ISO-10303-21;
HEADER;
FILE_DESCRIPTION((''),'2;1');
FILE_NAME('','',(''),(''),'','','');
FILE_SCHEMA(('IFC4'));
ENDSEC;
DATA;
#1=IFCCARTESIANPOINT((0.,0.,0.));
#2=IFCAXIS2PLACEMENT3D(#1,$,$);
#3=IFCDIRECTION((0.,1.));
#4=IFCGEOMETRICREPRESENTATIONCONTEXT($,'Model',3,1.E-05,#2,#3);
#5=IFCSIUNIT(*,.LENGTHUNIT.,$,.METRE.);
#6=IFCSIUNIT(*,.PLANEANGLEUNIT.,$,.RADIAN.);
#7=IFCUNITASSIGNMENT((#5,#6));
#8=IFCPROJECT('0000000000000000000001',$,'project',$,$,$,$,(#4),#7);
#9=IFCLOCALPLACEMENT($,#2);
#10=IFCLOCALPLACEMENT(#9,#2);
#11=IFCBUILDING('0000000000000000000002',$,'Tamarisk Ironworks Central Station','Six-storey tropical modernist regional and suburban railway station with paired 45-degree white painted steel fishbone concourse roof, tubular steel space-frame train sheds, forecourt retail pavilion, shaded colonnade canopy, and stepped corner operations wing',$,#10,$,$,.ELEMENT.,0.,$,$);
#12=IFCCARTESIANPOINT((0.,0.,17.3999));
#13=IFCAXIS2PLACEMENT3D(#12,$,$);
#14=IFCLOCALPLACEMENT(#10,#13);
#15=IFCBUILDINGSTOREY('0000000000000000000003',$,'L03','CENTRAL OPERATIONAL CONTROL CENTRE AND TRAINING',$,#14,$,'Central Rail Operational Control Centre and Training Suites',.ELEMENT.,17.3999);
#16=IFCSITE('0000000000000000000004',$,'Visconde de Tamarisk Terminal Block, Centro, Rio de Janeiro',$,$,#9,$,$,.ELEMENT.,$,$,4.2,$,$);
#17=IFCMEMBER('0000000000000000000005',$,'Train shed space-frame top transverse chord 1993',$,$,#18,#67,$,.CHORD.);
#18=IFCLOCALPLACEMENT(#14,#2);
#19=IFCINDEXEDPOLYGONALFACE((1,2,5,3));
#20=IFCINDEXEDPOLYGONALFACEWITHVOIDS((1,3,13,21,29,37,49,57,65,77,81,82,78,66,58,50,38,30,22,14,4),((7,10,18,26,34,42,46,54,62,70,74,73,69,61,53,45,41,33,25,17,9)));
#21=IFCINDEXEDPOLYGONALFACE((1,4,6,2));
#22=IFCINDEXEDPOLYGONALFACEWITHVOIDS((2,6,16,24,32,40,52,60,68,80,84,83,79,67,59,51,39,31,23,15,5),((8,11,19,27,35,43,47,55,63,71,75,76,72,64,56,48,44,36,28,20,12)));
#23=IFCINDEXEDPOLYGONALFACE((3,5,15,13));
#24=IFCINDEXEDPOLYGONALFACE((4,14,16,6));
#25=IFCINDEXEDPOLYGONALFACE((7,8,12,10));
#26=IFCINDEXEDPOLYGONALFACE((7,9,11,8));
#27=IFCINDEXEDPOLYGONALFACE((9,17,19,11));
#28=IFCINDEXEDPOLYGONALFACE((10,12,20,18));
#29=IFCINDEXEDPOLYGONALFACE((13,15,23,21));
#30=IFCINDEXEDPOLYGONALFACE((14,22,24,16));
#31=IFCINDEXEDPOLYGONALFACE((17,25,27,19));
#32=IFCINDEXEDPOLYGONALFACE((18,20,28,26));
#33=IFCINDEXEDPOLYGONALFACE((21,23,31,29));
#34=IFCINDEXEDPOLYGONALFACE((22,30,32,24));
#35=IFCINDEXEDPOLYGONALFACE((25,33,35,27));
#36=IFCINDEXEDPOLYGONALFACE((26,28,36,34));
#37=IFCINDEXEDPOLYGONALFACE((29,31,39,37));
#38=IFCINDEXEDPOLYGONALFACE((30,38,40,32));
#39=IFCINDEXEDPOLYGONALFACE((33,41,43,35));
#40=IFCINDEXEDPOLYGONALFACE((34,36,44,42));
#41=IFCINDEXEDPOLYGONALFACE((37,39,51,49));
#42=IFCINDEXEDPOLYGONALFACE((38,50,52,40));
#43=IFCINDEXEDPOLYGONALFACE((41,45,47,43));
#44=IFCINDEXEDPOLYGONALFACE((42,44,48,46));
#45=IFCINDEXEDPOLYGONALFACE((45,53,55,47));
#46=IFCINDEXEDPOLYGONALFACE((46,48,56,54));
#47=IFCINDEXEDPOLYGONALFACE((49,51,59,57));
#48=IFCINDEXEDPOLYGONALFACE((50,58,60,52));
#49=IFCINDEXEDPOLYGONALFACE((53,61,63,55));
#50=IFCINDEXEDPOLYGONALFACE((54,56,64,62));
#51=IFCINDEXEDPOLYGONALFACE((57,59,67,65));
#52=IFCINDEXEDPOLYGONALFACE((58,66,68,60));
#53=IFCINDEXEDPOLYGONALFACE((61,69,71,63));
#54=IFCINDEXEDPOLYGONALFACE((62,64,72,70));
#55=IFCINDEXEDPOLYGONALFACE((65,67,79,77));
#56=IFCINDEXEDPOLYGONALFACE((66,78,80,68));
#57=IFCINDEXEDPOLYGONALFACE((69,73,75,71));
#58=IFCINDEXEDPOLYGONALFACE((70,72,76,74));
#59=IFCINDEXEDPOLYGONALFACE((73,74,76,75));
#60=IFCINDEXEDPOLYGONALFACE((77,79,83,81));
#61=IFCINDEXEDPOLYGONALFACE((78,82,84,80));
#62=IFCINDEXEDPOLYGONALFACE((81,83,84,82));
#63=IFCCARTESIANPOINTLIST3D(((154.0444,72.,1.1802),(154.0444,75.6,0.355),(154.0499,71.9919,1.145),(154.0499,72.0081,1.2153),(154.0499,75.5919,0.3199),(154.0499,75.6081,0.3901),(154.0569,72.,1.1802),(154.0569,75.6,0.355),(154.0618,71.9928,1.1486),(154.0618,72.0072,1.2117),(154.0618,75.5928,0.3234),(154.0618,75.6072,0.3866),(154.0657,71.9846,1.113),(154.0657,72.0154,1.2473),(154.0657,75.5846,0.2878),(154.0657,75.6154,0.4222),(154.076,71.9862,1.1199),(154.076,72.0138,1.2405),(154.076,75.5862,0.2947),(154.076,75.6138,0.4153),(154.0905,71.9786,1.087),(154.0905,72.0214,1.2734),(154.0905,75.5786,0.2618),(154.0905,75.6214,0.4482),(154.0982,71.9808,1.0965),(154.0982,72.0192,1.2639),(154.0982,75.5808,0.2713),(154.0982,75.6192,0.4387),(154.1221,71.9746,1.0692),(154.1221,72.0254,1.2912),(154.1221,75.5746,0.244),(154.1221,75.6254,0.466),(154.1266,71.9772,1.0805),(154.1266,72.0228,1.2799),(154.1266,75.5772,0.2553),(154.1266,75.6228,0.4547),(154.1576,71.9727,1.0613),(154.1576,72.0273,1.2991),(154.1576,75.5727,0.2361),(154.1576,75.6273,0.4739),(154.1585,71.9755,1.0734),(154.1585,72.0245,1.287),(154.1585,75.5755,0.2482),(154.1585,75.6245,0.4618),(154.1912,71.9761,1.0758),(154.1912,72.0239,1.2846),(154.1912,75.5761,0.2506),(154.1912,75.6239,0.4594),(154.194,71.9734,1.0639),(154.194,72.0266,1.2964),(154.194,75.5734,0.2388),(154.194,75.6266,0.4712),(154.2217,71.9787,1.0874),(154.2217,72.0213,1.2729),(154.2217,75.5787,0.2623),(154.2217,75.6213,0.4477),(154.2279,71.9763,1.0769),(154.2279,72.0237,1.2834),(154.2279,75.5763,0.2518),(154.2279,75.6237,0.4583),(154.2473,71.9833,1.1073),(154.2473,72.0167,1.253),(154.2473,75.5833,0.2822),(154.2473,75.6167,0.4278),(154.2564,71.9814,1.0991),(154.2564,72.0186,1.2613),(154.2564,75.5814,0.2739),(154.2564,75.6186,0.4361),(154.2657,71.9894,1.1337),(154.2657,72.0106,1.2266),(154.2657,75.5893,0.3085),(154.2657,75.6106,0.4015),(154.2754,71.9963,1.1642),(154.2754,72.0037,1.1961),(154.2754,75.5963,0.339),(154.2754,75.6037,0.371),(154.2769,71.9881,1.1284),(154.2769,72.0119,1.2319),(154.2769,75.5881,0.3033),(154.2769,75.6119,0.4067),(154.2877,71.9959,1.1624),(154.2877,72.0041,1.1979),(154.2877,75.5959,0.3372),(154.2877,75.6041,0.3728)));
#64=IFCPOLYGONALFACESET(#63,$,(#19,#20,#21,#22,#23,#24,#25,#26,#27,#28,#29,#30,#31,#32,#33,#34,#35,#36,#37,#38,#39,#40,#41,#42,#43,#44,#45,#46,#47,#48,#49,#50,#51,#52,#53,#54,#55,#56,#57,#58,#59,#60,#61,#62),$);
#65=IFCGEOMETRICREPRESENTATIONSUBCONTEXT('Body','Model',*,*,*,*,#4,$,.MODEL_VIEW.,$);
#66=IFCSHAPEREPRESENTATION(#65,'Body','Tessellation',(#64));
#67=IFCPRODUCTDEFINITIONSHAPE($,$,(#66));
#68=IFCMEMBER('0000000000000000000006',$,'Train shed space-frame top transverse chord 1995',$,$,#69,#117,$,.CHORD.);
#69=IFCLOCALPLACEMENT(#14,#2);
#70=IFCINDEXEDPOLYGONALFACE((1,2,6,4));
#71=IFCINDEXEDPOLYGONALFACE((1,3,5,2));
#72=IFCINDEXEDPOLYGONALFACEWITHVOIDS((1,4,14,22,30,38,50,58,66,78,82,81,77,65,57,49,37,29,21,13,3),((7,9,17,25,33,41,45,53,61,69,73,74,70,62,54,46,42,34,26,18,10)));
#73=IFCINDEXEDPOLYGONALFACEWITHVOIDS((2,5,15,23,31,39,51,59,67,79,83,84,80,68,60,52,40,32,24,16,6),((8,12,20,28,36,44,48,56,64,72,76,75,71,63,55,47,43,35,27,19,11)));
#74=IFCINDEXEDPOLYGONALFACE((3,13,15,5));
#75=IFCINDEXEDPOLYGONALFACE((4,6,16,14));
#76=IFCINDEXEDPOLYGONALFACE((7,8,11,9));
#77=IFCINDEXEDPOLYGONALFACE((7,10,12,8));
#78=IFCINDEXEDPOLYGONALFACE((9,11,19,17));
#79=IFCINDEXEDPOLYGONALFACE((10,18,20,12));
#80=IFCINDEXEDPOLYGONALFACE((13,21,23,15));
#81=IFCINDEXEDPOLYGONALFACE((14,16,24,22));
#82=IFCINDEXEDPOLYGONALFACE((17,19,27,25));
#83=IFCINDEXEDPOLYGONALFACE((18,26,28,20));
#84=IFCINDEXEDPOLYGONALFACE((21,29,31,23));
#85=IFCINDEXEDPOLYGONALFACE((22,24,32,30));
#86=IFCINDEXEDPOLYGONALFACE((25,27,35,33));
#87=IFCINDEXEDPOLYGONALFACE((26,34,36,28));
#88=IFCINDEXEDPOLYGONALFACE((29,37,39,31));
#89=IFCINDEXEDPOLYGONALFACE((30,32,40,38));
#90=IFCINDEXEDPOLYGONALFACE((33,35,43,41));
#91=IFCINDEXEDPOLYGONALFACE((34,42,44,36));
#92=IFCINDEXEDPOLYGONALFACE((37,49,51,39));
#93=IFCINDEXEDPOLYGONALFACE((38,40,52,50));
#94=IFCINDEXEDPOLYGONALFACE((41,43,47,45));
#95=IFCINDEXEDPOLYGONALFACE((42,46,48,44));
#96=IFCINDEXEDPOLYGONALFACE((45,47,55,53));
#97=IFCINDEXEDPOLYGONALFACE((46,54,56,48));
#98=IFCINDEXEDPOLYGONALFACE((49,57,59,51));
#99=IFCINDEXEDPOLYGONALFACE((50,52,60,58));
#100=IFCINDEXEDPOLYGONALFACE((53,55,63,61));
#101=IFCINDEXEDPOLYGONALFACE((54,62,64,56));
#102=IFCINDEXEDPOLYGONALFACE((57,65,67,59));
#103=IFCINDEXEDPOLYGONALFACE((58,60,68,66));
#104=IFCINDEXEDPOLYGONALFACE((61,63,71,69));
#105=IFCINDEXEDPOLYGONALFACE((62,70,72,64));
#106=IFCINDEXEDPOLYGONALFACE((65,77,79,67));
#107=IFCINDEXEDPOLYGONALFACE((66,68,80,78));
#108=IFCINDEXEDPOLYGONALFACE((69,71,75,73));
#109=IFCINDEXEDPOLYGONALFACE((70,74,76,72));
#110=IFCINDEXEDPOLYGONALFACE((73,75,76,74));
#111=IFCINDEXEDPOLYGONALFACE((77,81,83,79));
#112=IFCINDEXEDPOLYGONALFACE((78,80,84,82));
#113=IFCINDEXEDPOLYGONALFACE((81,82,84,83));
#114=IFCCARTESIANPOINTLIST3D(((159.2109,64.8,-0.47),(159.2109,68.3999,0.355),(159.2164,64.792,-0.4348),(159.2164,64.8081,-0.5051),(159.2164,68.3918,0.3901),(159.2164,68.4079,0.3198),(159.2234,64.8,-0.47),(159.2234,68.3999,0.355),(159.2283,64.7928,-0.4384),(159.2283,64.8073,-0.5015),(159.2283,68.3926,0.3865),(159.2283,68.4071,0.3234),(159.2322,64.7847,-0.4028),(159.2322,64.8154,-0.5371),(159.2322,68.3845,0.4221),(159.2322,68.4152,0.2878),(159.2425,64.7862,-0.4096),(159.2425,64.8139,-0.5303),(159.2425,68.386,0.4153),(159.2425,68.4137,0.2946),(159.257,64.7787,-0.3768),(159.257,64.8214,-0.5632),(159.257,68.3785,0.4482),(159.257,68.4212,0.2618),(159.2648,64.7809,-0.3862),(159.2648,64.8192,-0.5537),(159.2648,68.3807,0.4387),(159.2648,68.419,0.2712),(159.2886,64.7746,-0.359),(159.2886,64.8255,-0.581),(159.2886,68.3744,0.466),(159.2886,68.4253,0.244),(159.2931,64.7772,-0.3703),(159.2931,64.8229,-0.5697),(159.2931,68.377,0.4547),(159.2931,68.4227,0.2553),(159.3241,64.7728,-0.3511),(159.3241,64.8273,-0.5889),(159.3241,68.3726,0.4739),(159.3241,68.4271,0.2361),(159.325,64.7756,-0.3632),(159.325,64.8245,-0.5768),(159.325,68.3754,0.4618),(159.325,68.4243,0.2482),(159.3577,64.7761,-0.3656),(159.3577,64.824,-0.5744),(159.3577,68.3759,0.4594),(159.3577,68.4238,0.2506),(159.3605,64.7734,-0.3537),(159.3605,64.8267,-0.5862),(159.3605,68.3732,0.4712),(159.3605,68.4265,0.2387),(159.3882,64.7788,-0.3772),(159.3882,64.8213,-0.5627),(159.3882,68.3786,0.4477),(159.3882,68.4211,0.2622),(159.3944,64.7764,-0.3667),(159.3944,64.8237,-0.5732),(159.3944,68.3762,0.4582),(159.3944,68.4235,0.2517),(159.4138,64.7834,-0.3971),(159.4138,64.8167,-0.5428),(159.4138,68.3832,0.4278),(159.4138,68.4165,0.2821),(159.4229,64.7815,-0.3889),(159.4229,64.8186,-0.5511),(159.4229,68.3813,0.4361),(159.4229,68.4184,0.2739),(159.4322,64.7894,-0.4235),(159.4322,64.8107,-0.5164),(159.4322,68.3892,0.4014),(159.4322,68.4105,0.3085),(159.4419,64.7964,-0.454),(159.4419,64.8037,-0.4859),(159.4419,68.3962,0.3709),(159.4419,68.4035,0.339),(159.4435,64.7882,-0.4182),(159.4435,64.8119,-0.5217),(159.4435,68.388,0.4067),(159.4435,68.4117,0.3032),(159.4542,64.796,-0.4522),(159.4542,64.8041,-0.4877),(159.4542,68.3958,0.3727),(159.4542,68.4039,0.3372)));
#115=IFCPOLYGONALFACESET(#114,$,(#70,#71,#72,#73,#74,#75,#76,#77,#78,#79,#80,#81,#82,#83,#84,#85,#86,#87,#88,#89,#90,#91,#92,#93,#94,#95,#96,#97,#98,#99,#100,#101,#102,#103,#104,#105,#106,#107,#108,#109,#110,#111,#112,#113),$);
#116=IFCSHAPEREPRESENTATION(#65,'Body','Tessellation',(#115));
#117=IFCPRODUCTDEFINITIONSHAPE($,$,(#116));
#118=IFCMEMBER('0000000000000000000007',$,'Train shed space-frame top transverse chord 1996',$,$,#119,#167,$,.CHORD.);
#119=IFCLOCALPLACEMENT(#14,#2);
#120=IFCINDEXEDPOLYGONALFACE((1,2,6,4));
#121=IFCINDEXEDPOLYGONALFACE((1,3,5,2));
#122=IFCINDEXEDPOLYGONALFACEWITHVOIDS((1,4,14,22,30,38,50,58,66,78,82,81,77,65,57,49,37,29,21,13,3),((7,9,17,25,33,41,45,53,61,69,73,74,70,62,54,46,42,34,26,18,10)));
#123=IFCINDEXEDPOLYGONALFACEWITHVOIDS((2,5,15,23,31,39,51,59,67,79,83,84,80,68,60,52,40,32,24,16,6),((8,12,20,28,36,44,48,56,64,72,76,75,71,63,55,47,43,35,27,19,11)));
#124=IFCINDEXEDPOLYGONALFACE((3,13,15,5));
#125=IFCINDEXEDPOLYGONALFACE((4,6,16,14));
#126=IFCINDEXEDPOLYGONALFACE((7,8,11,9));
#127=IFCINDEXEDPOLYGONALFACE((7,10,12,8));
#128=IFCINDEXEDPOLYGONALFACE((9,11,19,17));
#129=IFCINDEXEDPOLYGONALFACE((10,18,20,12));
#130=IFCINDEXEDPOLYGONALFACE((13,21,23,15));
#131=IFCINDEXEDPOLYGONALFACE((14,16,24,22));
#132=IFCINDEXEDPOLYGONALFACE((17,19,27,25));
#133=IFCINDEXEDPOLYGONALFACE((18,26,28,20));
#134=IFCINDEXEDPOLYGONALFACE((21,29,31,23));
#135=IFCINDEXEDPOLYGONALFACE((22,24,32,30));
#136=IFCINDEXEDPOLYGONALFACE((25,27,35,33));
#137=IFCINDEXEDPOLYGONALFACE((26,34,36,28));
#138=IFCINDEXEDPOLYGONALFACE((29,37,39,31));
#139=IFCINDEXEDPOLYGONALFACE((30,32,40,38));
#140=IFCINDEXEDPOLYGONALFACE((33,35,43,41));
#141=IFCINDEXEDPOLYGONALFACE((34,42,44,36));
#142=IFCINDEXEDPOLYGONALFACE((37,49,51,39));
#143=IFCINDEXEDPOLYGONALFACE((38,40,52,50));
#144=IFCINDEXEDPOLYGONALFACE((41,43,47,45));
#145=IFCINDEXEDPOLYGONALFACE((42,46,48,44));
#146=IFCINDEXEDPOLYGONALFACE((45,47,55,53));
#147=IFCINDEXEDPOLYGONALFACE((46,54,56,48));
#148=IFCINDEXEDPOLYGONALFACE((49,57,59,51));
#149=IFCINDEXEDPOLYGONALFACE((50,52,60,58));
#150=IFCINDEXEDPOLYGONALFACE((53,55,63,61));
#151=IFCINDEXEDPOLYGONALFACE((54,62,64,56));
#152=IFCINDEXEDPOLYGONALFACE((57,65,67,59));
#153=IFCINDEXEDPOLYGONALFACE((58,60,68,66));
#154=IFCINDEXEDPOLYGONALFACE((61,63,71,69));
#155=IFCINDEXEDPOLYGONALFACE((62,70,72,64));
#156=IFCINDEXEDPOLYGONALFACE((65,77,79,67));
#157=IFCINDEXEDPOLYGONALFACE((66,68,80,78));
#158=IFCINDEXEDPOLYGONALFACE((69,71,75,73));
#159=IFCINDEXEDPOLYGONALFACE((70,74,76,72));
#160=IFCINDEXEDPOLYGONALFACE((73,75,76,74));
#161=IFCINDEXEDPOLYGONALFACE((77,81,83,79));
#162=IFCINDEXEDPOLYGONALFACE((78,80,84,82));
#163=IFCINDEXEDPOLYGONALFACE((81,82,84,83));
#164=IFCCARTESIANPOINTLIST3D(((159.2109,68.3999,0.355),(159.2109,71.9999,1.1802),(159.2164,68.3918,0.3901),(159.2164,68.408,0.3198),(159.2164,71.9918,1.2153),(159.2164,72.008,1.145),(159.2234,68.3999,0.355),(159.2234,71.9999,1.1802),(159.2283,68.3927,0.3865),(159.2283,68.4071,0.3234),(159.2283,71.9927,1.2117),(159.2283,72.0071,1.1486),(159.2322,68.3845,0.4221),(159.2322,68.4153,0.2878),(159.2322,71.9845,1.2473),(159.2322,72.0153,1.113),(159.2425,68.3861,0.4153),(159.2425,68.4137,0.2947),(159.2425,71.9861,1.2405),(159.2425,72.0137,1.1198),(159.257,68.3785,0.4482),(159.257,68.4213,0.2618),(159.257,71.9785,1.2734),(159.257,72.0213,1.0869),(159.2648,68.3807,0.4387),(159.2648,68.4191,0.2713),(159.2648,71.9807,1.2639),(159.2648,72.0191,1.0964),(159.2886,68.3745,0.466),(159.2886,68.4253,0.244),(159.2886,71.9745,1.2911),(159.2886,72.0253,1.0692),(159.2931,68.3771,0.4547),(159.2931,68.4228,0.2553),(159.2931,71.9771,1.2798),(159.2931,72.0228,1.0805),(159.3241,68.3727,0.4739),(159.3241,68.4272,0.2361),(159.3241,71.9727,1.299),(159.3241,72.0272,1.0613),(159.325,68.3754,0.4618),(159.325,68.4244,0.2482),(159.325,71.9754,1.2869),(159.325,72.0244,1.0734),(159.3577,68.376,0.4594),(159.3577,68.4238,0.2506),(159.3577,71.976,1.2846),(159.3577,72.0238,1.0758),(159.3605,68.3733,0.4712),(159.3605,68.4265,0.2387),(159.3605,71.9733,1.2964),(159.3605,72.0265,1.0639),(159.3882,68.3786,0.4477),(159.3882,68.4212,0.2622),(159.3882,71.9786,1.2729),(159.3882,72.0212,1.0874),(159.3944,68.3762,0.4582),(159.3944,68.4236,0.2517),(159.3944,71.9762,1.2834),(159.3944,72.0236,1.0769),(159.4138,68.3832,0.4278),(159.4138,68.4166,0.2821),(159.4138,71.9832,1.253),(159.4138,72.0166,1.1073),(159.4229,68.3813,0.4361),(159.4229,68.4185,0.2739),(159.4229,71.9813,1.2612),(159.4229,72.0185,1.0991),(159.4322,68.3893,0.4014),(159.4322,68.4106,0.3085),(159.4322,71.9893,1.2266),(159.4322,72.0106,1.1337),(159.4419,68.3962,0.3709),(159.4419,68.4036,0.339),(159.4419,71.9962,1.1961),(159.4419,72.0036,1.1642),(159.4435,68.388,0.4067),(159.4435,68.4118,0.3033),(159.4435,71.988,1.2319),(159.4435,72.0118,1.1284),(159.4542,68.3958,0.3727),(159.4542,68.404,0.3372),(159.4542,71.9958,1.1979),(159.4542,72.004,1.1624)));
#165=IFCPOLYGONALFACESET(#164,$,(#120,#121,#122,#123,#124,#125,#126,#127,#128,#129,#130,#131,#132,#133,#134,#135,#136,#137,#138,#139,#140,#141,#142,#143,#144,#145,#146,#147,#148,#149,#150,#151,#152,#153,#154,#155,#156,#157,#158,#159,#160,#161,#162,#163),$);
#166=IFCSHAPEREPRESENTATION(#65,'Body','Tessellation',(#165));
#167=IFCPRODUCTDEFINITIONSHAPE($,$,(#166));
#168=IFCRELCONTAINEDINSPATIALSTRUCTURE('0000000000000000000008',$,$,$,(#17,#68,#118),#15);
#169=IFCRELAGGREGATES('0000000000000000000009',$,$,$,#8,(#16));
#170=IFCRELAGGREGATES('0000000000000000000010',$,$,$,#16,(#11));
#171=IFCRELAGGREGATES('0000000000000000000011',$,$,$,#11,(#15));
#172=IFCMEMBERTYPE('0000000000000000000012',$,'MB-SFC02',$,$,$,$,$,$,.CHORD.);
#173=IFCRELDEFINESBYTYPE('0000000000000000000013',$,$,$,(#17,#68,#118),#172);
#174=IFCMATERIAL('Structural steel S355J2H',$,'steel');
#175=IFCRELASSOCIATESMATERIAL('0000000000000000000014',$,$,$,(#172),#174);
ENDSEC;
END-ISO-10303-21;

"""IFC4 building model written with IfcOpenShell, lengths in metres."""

from ifc_helpers import new_model, si_unit, direction, frame, origin, origin_2d, place, context, subcontext, project, spatial, hollow_circle, extrude, material, material_profile, profile_set, type_object, element, save


model = new_model("IFC4")

# Units and contexts
model_context = context("Model", 3, precision=1e-05, world=origin(), true_north=direction((0.0, 1.0)))
body_context = subcontext(model_context, "Body", "Model", "MODEL_VIEW")
ifc_project = project(units=[si_unit("LENGTHUNIT", "METRE"), si_unit("PLANEANGLEUNIT", "RADIAN")], contexts=[model_context])

# Site, building, storey
site_placement = place(None, origin())
site = spatial("IfcSite", under=ifc_project, at=site_placement, Name="Visconde de Tamarisk Terminal Block, Centro, Rio de Janeiro", CompositionType="ELEMENT", RefElevation=4.2)
building_placement = place(site_placement, origin())
building = spatial("IfcBuilding", under=site, at=building_placement, Name="Tamarisk Ironworks Central Station", Description="Six-storey tropical modernist regional and suburban railway station with paired 45-degree white painted steel fishbone concourse roof, tubular steel space-frame train sheds, forecourt retail pavilion, shaded colonnade canopy, and stepped corner operations wing", CompositionType="ELEMENT", ElevationOfRefHeight=0.0)
storey_placement = place(building_placement, frame((0.0, 0.0, 17.3999)))
storey = spatial("IfcBuildingStorey", under=building, at=storey_placement, Name="L03", Description="CENTRAL OPERATIONAL CONTROL CENTRE AND TRAINING", LongName="Central Rail Operational Control Centre and Training Suites", CompositionType="ELEMENT", Elevation=17.3999)

# Members
ifc_material = material(Name="Structural steel S355J2H", Category="steel")
ifc_material_profile_1 = material_profile(ifc_material, hollow_circle(Radius=0.1223, WallThickness=0.0125, at=origin_2d()), Name="CHS 244.5x12.5")
ifc_profile_set_1 = profile_set([ifc_material_profile_1], Name="Structural steel S355J2H")
member_type_1 = type_object("IfcMemberType", Name="MB-SFC02", PredefinedType="CHORD", material=ifc_profile_set_1)
member_1_placement = place(storey_placement, frame((154.1667, 72.0, 1.1802), z_axis=(0.0, 0.974722, -0.223421), x_axis=(-1.0, 0.0, 0.0)))
element("IfcMember", 1, at=member_1_placement, inside=storey, type_object=member_type_1, Name="Train shed space-frame top transverse chord 1993", PredefinedType="CHORD", context=body_context, shape_type="SweptSolid", body=[
    extrude(hollow_circle(Radius=0.1223, WallThickness=0.0125, at=origin_2d()), origin(), (0.0, 0.0, 1.0), 3.6934),
])
member_2_placement = place(storey_placement, frame((159.3333, 64.8, -0.47), z_axis=(0.0, 0.974733, 0.223372), x_axis=(-1.0, 0.0, 0.0)))
element("IfcMember", 2, at=member_2_placement, inside=storey, type_object=member_type_1, Name="Train shed space-frame top transverse chord 1995", PredefinedType="CHORD", context=body_context, shape_type="SweptSolid", body=[
    extrude(hollow_circle(Radius=0.1223, WallThickness=0.0125, at=origin_2d()), origin(), (0.0, 0.0, 1.0), 3.6931),
])
for number, where, z_axis, x_axis, name in (
    (3, (159.3333, 68.3999, 0.355), (0.0, 0.974722, 0.223421), (-1.0, 0.0, 0.0), "Train shed space-frame top transverse chord 1996"),
):
    element("IfcMember", number, at=place(storey_placement, frame(where, z_axis=z_axis, x_axis=x_axis)), inside=storey, type_object=member_type_1, Name=name, PredefinedType="CHORD", context=body_context, shape_type="SweptSolid", body=[
        extrude(hollow_circle(Radius=0.1223, WallThickness=0.0125, at=origin_2d()), origin(), (0.0, 0.0, 1.0), 3.6934),
    ])

save(model, "model.ifc")
